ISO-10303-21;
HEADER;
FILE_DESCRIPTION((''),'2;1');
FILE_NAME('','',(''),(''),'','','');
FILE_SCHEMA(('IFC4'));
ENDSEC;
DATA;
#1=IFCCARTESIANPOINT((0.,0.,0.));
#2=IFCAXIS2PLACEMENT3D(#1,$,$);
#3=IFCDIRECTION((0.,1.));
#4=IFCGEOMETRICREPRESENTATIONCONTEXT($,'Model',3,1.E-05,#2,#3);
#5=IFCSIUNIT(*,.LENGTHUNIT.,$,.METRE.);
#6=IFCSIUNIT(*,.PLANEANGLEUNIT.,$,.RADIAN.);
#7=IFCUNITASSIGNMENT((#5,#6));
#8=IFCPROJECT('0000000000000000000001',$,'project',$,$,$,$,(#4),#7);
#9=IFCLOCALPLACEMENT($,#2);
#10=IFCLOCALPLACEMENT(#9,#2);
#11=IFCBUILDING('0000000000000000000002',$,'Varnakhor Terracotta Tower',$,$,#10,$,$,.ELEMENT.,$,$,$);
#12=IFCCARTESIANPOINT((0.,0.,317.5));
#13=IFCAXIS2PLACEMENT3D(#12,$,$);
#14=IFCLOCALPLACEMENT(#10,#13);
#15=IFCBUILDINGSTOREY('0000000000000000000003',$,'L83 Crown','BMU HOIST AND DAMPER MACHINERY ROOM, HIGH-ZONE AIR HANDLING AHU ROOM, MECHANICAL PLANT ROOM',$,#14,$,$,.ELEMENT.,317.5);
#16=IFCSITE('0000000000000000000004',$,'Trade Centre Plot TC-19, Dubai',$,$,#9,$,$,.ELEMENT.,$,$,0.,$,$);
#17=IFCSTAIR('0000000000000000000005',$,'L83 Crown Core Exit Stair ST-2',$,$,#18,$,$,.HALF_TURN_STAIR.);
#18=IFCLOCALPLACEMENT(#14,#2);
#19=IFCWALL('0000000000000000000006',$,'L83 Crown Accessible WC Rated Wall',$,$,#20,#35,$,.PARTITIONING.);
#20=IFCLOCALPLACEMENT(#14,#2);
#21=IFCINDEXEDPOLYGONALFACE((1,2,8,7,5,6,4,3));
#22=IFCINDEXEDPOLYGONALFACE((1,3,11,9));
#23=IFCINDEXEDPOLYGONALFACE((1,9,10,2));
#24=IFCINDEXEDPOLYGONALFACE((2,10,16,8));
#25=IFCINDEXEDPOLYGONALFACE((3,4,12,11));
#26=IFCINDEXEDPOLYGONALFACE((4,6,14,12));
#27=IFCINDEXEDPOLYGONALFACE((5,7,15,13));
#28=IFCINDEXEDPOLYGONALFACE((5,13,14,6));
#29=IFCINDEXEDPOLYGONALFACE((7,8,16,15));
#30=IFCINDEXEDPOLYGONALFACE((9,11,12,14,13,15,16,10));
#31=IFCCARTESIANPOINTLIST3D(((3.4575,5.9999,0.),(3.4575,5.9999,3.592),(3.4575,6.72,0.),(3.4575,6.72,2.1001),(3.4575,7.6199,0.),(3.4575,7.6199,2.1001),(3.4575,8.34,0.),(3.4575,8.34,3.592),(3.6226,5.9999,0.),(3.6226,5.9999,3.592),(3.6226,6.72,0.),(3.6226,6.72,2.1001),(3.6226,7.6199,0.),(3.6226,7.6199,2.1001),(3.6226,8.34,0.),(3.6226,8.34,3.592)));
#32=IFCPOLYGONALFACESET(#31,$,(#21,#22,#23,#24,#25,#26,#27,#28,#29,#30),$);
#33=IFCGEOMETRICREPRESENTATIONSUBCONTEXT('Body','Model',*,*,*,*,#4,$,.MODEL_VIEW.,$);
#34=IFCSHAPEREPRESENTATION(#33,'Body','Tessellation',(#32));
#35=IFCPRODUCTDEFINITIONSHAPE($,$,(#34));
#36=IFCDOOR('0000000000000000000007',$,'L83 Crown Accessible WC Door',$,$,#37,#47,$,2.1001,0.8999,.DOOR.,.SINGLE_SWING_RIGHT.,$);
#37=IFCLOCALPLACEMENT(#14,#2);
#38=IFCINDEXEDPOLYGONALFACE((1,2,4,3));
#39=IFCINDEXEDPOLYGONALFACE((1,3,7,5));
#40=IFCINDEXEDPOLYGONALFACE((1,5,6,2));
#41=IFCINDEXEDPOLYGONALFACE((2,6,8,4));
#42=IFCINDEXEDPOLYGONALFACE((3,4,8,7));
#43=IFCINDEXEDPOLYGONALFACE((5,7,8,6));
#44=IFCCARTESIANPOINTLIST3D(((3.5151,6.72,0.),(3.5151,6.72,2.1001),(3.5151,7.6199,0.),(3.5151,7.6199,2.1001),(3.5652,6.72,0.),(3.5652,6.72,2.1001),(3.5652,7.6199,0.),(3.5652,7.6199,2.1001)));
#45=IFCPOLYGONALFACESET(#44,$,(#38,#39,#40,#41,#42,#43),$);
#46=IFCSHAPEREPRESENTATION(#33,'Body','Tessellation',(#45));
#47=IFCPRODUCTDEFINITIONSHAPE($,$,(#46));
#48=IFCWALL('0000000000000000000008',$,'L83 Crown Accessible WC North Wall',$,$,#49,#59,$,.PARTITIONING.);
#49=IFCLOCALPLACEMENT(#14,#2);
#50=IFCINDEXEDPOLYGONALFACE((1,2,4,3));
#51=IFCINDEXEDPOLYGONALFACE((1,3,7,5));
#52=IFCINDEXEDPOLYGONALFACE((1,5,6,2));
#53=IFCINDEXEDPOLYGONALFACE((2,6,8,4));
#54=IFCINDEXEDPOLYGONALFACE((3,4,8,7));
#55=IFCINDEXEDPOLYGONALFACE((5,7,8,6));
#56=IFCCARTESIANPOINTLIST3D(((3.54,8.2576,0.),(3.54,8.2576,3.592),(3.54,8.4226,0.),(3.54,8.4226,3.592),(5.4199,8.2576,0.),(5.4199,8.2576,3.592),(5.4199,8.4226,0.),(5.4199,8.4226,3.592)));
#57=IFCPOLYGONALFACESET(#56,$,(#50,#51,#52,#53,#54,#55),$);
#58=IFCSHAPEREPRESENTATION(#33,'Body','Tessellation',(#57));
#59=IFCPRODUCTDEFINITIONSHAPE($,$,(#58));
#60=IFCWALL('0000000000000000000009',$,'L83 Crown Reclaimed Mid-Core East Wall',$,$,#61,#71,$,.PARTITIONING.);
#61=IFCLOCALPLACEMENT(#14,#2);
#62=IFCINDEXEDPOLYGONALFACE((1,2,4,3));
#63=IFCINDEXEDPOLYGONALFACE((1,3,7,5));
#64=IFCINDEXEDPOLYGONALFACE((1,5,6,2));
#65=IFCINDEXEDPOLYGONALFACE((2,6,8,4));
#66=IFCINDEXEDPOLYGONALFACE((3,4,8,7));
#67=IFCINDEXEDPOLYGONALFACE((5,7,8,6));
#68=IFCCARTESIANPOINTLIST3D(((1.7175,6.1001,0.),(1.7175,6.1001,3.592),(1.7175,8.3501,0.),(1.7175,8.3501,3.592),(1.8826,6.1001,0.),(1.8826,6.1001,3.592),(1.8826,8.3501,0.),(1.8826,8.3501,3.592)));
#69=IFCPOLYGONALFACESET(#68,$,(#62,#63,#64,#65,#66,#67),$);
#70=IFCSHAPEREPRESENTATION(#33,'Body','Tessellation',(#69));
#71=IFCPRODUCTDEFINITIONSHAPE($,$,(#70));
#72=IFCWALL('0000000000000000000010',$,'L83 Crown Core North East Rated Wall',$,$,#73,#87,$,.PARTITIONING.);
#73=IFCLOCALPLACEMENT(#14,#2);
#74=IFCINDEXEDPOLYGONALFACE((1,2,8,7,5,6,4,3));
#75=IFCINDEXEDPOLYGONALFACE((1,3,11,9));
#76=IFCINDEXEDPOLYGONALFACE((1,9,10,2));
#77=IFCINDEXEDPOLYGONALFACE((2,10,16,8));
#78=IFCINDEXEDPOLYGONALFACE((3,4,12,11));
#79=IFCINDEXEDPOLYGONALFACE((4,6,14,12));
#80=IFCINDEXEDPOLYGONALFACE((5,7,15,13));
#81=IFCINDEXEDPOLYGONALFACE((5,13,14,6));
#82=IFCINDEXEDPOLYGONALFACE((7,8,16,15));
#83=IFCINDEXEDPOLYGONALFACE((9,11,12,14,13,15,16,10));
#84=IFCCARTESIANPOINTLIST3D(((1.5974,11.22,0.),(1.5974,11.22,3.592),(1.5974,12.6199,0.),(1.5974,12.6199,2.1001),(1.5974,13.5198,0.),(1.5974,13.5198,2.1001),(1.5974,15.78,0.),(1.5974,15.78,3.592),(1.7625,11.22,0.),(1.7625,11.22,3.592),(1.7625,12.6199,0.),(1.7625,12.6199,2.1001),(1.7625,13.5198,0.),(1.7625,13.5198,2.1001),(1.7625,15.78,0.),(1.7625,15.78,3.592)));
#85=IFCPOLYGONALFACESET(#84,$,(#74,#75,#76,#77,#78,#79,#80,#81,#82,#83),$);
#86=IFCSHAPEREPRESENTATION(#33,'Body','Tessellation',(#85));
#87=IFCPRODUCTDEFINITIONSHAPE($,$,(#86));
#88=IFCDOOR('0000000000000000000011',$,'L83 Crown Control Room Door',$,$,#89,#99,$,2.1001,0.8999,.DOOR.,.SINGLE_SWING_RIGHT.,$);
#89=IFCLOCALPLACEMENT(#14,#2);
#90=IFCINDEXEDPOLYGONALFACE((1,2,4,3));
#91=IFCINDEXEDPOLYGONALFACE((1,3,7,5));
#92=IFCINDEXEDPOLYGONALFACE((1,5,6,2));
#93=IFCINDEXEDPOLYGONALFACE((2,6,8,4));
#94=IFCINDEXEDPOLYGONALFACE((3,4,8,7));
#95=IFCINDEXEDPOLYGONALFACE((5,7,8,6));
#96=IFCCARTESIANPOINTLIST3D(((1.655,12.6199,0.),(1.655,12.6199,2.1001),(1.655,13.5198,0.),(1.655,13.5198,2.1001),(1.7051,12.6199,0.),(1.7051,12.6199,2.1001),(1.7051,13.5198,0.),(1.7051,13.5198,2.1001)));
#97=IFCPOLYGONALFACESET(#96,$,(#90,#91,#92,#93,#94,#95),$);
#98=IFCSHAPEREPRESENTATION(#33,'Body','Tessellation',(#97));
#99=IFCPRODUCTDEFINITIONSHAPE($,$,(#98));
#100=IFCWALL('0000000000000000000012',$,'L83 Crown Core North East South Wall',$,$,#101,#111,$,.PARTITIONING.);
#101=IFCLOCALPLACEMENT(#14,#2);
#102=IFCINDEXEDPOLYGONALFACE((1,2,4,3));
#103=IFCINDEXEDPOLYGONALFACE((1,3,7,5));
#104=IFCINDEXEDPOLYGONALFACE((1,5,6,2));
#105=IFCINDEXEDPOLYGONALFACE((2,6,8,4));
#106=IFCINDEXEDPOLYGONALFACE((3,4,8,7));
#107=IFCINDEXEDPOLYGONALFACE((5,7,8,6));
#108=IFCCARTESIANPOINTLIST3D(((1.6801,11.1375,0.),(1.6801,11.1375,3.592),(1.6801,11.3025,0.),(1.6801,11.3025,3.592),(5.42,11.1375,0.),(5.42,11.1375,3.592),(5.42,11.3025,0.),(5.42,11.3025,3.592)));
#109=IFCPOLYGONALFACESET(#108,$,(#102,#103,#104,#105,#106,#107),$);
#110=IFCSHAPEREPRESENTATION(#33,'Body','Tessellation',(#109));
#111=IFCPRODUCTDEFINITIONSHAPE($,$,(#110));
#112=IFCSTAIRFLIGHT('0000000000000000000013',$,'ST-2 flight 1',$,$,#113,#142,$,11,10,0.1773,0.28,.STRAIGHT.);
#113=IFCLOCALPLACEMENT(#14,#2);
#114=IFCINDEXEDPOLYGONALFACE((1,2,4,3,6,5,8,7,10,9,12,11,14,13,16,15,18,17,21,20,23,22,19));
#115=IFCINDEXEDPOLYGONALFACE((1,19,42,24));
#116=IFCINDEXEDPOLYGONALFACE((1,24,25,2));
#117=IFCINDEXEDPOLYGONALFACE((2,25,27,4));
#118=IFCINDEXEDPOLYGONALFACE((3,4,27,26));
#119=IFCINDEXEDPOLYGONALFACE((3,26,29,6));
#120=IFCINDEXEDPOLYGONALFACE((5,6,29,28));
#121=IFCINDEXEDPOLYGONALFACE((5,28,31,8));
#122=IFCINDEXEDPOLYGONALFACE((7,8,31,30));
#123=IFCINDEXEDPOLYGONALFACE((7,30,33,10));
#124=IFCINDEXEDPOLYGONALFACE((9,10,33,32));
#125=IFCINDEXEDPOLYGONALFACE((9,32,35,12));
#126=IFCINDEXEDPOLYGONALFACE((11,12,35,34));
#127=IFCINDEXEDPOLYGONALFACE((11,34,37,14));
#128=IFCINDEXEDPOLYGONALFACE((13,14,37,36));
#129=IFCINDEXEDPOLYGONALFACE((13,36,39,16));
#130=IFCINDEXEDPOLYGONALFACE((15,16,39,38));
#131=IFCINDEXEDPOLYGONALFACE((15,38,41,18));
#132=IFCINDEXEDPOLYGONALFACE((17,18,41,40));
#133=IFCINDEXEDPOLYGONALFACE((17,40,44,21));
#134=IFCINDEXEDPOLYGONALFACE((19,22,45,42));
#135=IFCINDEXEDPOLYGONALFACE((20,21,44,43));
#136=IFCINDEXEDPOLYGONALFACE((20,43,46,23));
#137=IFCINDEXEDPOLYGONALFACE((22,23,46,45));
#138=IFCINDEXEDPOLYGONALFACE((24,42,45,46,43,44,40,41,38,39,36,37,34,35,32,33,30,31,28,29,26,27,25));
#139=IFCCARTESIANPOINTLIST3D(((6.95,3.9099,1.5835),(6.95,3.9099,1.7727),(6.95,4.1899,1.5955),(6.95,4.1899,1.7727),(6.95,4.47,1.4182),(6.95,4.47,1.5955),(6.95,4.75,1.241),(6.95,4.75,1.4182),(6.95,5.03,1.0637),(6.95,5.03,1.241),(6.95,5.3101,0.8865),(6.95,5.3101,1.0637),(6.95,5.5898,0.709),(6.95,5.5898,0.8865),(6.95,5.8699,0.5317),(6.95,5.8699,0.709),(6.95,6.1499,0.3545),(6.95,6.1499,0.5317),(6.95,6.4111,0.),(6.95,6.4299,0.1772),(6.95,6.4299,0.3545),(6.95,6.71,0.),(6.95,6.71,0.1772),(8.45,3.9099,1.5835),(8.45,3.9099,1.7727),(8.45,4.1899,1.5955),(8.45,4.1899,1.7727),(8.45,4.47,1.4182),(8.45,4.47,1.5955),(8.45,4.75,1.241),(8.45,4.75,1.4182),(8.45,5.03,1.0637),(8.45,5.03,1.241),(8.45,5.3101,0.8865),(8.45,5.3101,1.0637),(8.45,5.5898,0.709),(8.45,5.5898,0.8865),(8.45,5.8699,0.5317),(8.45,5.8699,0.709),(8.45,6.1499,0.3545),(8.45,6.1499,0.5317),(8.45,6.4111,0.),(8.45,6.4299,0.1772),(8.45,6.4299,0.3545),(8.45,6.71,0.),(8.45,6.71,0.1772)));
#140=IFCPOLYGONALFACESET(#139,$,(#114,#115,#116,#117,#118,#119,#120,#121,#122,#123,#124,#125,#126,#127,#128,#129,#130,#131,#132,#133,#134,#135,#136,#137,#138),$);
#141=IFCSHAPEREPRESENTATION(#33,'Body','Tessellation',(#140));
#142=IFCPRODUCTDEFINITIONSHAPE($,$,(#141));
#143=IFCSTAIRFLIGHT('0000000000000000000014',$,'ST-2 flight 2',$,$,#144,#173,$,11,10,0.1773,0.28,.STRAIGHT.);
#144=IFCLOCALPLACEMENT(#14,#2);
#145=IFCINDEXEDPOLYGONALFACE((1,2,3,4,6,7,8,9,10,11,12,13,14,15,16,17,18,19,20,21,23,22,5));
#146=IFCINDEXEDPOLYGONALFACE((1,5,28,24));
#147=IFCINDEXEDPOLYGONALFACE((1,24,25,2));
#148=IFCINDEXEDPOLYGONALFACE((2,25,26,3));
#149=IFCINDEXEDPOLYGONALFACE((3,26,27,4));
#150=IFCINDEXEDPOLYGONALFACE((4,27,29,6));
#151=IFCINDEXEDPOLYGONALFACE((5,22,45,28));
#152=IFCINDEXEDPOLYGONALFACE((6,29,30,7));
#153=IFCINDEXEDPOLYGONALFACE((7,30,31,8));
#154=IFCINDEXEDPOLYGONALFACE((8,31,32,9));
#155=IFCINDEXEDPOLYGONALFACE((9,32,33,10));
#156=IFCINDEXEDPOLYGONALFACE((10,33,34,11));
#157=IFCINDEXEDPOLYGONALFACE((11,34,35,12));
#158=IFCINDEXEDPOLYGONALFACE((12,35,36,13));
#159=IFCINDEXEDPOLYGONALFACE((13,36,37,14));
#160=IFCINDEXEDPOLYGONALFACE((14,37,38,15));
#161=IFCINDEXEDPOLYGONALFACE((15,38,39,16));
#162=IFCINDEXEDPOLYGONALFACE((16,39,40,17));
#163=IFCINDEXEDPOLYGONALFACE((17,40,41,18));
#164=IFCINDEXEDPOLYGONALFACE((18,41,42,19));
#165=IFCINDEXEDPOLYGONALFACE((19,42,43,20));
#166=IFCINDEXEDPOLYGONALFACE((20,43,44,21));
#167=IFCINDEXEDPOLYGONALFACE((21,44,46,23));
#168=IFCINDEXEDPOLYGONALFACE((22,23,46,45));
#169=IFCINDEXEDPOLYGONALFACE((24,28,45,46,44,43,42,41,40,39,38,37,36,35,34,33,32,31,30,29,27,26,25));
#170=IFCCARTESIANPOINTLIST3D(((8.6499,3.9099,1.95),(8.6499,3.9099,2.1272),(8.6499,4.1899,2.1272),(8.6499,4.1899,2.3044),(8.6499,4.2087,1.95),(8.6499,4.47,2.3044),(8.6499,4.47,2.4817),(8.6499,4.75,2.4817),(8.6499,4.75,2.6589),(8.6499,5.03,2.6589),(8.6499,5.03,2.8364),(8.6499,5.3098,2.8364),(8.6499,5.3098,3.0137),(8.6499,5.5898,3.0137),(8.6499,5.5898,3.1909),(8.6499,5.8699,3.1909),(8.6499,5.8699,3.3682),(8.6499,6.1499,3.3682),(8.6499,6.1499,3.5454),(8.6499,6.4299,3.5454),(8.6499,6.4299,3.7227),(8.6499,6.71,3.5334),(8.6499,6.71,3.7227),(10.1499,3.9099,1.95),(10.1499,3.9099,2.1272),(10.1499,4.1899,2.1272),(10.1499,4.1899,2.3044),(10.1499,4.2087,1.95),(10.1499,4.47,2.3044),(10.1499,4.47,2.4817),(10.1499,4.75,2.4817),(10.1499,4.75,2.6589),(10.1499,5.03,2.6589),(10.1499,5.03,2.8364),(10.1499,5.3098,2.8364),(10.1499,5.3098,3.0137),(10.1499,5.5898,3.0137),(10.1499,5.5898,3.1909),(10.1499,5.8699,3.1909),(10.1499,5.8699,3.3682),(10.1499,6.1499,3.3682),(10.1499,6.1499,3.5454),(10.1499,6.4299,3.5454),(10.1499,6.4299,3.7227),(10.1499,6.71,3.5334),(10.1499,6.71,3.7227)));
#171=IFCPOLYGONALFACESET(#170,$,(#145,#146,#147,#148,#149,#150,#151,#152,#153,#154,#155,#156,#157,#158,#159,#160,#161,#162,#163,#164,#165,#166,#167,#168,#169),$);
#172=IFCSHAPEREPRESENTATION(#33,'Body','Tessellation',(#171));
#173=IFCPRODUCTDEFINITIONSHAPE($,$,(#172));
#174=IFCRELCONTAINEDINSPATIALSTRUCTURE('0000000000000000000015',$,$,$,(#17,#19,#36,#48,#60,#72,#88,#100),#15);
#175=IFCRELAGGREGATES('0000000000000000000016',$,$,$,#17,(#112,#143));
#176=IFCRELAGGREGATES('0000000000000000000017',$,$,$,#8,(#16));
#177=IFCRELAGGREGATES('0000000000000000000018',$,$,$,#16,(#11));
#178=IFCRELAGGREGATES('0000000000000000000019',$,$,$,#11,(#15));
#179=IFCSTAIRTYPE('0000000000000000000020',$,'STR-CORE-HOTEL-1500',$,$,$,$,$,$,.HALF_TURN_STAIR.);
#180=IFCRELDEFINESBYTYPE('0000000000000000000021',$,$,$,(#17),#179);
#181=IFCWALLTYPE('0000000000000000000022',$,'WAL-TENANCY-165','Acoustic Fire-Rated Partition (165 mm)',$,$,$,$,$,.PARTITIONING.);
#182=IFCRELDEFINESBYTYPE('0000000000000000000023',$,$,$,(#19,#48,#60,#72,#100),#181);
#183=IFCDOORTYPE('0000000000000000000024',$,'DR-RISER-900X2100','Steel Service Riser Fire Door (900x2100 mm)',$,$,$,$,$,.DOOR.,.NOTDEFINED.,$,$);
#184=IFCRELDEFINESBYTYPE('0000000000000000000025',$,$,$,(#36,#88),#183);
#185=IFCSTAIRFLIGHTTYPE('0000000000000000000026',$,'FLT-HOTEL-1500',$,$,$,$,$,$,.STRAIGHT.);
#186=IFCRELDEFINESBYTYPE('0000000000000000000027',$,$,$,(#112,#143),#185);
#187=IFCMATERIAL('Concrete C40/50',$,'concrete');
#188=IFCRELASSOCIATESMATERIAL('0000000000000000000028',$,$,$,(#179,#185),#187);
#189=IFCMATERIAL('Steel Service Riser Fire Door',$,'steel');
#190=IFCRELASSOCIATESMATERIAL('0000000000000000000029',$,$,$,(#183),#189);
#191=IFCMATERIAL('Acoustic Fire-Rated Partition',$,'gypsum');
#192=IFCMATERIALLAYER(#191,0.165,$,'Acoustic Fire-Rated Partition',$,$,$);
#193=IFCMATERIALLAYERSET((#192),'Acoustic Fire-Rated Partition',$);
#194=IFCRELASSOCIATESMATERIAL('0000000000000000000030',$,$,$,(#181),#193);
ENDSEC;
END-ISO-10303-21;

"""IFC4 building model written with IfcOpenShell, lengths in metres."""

from ifc_helpers import new_model, si_unit, direction, frame, frame_2d, origin, place, context, subcontext, project, spatial, polyline, rectangle, outline, extrude, source, transform, mapped, material, layer, layer_set, type_object, type_shapes, element, fill, aggregate, save


model = new_model("IFC4")

# Units and contexts
model_context = context("Model", 3, precision=1e-05, world=origin(), true_north=direction((0.0, 1.0)))
body_context = subcontext(model_context, "Body", "Model", "MODEL_VIEW")
ifc_project = project(units=[si_unit("LENGTHUNIT", "METRE"), si_unit("PLANEANGLEUNIT", "RADIAN")], contexts=[model_context])

# Site, building, storey
site_placement = place(None, origin())
site = spatial("IfcSite", under=ifc_project, at=site_placement, Name="Trade Centre Plot TC-19, Dubai", CompositionType="ELEMENT", RefElevation=0.0)
building_placement = place(site_placement, origin())
building = spatial("IfcBuilding", under=site, at=building_placement, Name="Varnakhor Terracotta Tower", CompositionType="ELEMENT")
storey_placement = place(building_placement, frame((0.0, 0.0, 317.5)))
storey = spatial("IfcBuildingStorey", under=building, at=storey_placement, Name="L83 Crown", Description="BMU HOIST AND DAMPER MACHINERY ROOM, HIGH-ZONE AIR HANDLING AHU ROOM, MECHANICAL PLANT ROOM", CompositionType="ELEMENT", Elevation=317.5)

# Stair
ifc_material_1 = material(Name="Concrete C40/50", Category="concrete")
stair_type = type_object("IfcStairType", Name="STR-CORE-HOTEL-1500", PredefinedType="HALF_TURN_STAIR", material=ifc_material_1)
stair_1_placement = place(storey_placement, origin())
stair_1 = element("IfcStair", 1, at=stair_1_placement, inside=storey, type_object=stair_type, Name="L83 Crown Core Exit Stair ST-2", PredefinedType="HALF_TURN_STAIR")

# Shared definitions
ifc_material_2 = material(Name="Acoustic Fire-Rated Partition", Category="gypsum")

# Wall, opening, door
ifc_material_3 = material(Name="Steel Service Riser Fire Door", Category="steel")
door_type_1 = type_object("IfcDoorType", Name="DR-RISER-900X2100", Description="Steel Service Riser Fire Door (900x2100 mm)", OperationType="NOTDEFINED", PredefinedType="DOOR", material=ifc_material_3)
shared_shape_1 = source(origin(), body_context, "Body", "SweptSolid", [
    extrude(rectangle(XDim=0.8999, YDim=2.1001, at=frame_2d((0.45, 1.05))), frame((0.0, 0.0249, 0.0), z_axis=(0.0, -1.0, 0.0), x_axis=(1.0, 0.0, 0.0)), (0.0, 0.0, 1.0), 0.05),
])
type_shapes(door_type_1, [shared_shape_1])
ifc_layer_1 = layer(ifc_material_2, 0.165, Name="Acoustic Fire-Rated Partition")
ifc_layer_set_1 = layer_set([ifc_layer_1], Name="Acoustic Fire-Rated Partition")
wall_type_1 = type_object("IfcWallType", Name="WAL-TENANCY-165", Description="Acoustic Fire-Rated Partition (165 mm)", PredefinedType="PARTITIONING", material=ifc_layer_set_1)
wall_1_placement = place(storey_placement, frame((3.54, 6.0, 0.0), z_axis=(0.0, 0.0, 1.0), x_axis=(0.0, 1.0, 0.0)))
wall_1 = element("IfcWall", 2, at=wall_1_placement, inside=storey, type_object=wall_type_1, Name="L83 Crown Accessible WC Rated Wall", PredefinedType="PARTITIONING", context=body_context, shape_type="SweptSolid", body=[
    extrude(rectangle(XDim=2.3401, YDim=0.165, at=frame_2d((1.1699, 0.0))), origin(), (0.0, 0.0, 1.0), 3.592),
])
opening_1_placement = place(wall_1_placement, frame((0.72, 0.0, 0.0)))
opening_1 = element("IfcOpeningElement", 3, at=opening_1_placement, cuts=wall_1, PredefinedType="OPENING", context=body_context, shape_type="SweptSolid", body=[
    extrude(rectangle(XDim=0.8999, YDim=2.1001, at=frame_2d((0.45, 1.05))), frame((0.0, 0.0925, 0.0), z_axis=(0.0, -1.0, 0.0), x_axis=(1.0, 0.0, 0.0)), (0.0, 0.0, 1.0), 0.1851),
])
door_1_placement = place(opening_1_placement, origin())
door_1 = element("IfcDoor", 4, at=door_1_placement, inside=storey, type_object=door_type_1, Name="L83 Crown Accessible WC Door", OperationType="SINGLE_SWING_RIGHT", OverallHeight=2.1001, OverallWidth=0.8999, PredefinedType="DOOR", context=body_context, shape_type="MappedRepresentation", body=[
    mapped(shared_shape_1, transform((0.0, 0.0, 0.0), scale=1.0)),
])
fill(opening_1, door_1)

# Walls
wall_2_placement = place(storey_placement, frame((3.54, 8.3401, 0.0), z_axis=(0.0, 0.0, 1.0), x_axis=(1.0, 0.0, 0.0)))
element("IfcWall", 5, at=wall_2_placement, inside=storey, type_object=wall_type_1, Name="L83 Crown Accessible WC North Wall", PredefinedType="PARTITIONING", context=body_context, shape_type="SweptSolid", body=[
    extrude(rectangle(XDim=1.8799, YDim=0.165, at=frame_2d((0.9399, 0.0))), origin(), (0.0, 0.0, 1.0), 3.592),
])
wall_3_placement = place(storey_placement, frame((1.8, 6.1001, 0.0), z_axis=(0.0, 0.0, 1.0), x_axis=(0.0, 1.0, 0.0)))
element("IfcWall", 6, at=wall_3_placement, inside=storey, type_object=wall_type_1, Name="L83 Crown Reclaimed Mid-Core East Wall", PredefinedType="PARTITIONING", context=body_context, shape_type="SweptSolid", body=[
    extrude(rectangle(XDim=2.25, YDim=0.165, at=frame_2d((1.125, 0.0))), origin(), (0.0, 0.0, 1.0), 3.592),
])

# Wall, opening, door
wall_4_placement = place(storey_placement, frame((1.6799, 11.22, 0.0), z_axis=(0.0, 0.0, 1.0), x_axis=(0.0, 1.0, 0.0)))
wall_4 = element("IfcWall", 7, at=wall_4_placement, inside=storey, type_object=wall_type_1, Name="L83 Crown Core North East Rated Wall", PredefinedType="PARTITIONING", context=body_context, shape_type="SweptSolid", body=[
    extrude(rectangle(XDim=4.5601, YDim=0.165, at=frame_2d((2.28, 0.0))), origin(), (0.0, 0.0, 1.0), 3.592),
])
opening_2_placement = place(wall_4_placement, frame((1.3999, 0.0, 0.0)))
opening_2 = element("IfcOpeningElement", 8, at=opening_2_placement, cuts=wall_4, PredefinedType="OPENING", context=body_context, shape_type="SweptSolid", body=[
    extrude(rectangle(XDim=0.8999, YDim=2.1001, at=frame_2d((0.45, 1.05))), frame((0.0, 0.0925, 0.0), z_axis=(0.0, -1.0, 0.0), x_axis=(1.0, 0.0, 0.0)), (0.0, 0.0, 1.0), 0.1851),
])
door_2_placement = place(opening_2_placement, origin())
door_2 = element("IfcDoor", 9, at=door_2_placement, inside=storey, type_object=door_type_1, Name="L83 Crown Control Room Door", OperationType="SINGLE_SWING_RIGHT", OverallHeight=2.1001, OverallWidth=0.8999, PredefinedType="DOOR", context=body_context, shape_type="MappedRepresentation", body=[
    mapped(shared_shape_1, transform((0.0, 0.0, 0.0), scale=1.0)),
])
fill(opening_2, door_2)

# Wall
wall_5_placement = place(storey_placement, frame((1.6799, 11.22, 0.0), z_axis=(0.0, 0.0, 1.0), x_axis=(1.0, 0.0, 0.0)))
element("IfcWall", 10, at=wall_5_placement, inside=storey, type_object=wall_type_1, Name="L83 Crown Core North East South Wall", PredefinedType="PARTITIONING", context=body_context, shape_type="SweptSolid", body=[
    extrude(rectangle(XDim=3.74, YDim=0.165, at=frame_2d((1.8701, 0.0))), origin(), (0.0, 0.0, 1.0), 3.592),
])

# Stair flights
stair_flight_type = type_object("IfcStairFlightType", Name="FLT-HOTEL-1500", PredefinedType="STRAIGHT", material=ifc_material_1)
stair_flight_1_placement = place(storey_placement, frame((7.7, 6.71, 0.0), z_axis=(0.0, 0.0, 1.0), x_axis=(0.0, -1.0, 0.0)))
stair_flight_1 = element("IfcStairFlight", 11, at=stair_flight_1_placement, type_object=stair_flight_type, Name="ST-2 flight 1", NumberOfRisers=11, NumberOfTreads=10, PredefinedType="STRAIGHT", RiserHeight=0.1773, TreadLength=0.28, context=body_context, shape_type="SweptSolid", body=[
    extrude(outline(polyline([(0.0, 0.0), (0.0, 0.1772), (0.28, 0.1772), (0.28, 0.3545), (0.5601, 0.3545), (0.5601, 0.5317), (0.8401, 0.5317), (0.8401, 0.709), (1.1201, 0.709), (1.1201, 0.8865), (1.3999, 0.8865), (1.3999, 1.0637), (1.6799, 1.0637), (1.6799, 1.241), (1.96, 1.241), (1.96, 1.4182), (2.24, 1.4182), (2.24, 1.5955), (2.52, 1.5955), (2.52, 1.7727), (2.8, 1.7727), (2.8, 1.95), (2.8, 1.5835), (0.2988, 0.0), (0.0, 0.0)])), frame((0.0, 0.75, 0.0), z_axis=(0.0, -1.0, 0.0), x_axis=(1.0, 0.0, 0.0)), (0.0, 0.0, 1.0), 1.5),
])
stair_flight_2_placement = place(storey_placement, frame((9.3999, 3.9099, 1.95), z_axis=(0.0, 0.0, 1.0), x_axis=(0.0, 1.0, 0.0)))
stair_flight_2 = element("IfcStairFlight", 12, at=stair_flight_2_placement, type_object=stair_flight_type, Name="ST-2 flight 2", NumberOfRisers=11, NumberOfTreads=10, PredefinedType="STRAIGHT", RiserHeight=0.1773, TreadLength=0.28, context=body_context, shape_type="SweptSolid", body=[
    extrude(outline(polyline([(0.0, 0.0), (0.0, 0.1772), (0.28, 0.1772), (0.28, 0.3545), (0.5601, 0.3545), (0.5601, 0.5317), (0.8401, 0.5317), (0.8401, 0.709), (1.1201, 0.709), (1.1201, 0.8865), (1.3999, 0.8865), (1.3999, 1.0637), (1.6799, 1.0637), (1.6799, 1.241), (1.96, 1.241), (1.96, 1.4182), (2.24, 1.4182), (2.24, 1.5955), (2.52, 1.5955), (2.52, 1.7727), (2.8, 1.7727), (2.8, 1.95), (2.8, 1.5835), (0.2988, 0.0), (0.0, 0.0)])), frame((0.0, 0.75, 0.0), z_axis=(0.0, -1.0, 0.0), x_axis=(1.0, 0.0, 0.0)), (0.0, 0.0, 1.0), 1.5),
])
aggregate(stair_1, [stair_flight_1, stair_flight_2])

save(model, "model.ifc")
